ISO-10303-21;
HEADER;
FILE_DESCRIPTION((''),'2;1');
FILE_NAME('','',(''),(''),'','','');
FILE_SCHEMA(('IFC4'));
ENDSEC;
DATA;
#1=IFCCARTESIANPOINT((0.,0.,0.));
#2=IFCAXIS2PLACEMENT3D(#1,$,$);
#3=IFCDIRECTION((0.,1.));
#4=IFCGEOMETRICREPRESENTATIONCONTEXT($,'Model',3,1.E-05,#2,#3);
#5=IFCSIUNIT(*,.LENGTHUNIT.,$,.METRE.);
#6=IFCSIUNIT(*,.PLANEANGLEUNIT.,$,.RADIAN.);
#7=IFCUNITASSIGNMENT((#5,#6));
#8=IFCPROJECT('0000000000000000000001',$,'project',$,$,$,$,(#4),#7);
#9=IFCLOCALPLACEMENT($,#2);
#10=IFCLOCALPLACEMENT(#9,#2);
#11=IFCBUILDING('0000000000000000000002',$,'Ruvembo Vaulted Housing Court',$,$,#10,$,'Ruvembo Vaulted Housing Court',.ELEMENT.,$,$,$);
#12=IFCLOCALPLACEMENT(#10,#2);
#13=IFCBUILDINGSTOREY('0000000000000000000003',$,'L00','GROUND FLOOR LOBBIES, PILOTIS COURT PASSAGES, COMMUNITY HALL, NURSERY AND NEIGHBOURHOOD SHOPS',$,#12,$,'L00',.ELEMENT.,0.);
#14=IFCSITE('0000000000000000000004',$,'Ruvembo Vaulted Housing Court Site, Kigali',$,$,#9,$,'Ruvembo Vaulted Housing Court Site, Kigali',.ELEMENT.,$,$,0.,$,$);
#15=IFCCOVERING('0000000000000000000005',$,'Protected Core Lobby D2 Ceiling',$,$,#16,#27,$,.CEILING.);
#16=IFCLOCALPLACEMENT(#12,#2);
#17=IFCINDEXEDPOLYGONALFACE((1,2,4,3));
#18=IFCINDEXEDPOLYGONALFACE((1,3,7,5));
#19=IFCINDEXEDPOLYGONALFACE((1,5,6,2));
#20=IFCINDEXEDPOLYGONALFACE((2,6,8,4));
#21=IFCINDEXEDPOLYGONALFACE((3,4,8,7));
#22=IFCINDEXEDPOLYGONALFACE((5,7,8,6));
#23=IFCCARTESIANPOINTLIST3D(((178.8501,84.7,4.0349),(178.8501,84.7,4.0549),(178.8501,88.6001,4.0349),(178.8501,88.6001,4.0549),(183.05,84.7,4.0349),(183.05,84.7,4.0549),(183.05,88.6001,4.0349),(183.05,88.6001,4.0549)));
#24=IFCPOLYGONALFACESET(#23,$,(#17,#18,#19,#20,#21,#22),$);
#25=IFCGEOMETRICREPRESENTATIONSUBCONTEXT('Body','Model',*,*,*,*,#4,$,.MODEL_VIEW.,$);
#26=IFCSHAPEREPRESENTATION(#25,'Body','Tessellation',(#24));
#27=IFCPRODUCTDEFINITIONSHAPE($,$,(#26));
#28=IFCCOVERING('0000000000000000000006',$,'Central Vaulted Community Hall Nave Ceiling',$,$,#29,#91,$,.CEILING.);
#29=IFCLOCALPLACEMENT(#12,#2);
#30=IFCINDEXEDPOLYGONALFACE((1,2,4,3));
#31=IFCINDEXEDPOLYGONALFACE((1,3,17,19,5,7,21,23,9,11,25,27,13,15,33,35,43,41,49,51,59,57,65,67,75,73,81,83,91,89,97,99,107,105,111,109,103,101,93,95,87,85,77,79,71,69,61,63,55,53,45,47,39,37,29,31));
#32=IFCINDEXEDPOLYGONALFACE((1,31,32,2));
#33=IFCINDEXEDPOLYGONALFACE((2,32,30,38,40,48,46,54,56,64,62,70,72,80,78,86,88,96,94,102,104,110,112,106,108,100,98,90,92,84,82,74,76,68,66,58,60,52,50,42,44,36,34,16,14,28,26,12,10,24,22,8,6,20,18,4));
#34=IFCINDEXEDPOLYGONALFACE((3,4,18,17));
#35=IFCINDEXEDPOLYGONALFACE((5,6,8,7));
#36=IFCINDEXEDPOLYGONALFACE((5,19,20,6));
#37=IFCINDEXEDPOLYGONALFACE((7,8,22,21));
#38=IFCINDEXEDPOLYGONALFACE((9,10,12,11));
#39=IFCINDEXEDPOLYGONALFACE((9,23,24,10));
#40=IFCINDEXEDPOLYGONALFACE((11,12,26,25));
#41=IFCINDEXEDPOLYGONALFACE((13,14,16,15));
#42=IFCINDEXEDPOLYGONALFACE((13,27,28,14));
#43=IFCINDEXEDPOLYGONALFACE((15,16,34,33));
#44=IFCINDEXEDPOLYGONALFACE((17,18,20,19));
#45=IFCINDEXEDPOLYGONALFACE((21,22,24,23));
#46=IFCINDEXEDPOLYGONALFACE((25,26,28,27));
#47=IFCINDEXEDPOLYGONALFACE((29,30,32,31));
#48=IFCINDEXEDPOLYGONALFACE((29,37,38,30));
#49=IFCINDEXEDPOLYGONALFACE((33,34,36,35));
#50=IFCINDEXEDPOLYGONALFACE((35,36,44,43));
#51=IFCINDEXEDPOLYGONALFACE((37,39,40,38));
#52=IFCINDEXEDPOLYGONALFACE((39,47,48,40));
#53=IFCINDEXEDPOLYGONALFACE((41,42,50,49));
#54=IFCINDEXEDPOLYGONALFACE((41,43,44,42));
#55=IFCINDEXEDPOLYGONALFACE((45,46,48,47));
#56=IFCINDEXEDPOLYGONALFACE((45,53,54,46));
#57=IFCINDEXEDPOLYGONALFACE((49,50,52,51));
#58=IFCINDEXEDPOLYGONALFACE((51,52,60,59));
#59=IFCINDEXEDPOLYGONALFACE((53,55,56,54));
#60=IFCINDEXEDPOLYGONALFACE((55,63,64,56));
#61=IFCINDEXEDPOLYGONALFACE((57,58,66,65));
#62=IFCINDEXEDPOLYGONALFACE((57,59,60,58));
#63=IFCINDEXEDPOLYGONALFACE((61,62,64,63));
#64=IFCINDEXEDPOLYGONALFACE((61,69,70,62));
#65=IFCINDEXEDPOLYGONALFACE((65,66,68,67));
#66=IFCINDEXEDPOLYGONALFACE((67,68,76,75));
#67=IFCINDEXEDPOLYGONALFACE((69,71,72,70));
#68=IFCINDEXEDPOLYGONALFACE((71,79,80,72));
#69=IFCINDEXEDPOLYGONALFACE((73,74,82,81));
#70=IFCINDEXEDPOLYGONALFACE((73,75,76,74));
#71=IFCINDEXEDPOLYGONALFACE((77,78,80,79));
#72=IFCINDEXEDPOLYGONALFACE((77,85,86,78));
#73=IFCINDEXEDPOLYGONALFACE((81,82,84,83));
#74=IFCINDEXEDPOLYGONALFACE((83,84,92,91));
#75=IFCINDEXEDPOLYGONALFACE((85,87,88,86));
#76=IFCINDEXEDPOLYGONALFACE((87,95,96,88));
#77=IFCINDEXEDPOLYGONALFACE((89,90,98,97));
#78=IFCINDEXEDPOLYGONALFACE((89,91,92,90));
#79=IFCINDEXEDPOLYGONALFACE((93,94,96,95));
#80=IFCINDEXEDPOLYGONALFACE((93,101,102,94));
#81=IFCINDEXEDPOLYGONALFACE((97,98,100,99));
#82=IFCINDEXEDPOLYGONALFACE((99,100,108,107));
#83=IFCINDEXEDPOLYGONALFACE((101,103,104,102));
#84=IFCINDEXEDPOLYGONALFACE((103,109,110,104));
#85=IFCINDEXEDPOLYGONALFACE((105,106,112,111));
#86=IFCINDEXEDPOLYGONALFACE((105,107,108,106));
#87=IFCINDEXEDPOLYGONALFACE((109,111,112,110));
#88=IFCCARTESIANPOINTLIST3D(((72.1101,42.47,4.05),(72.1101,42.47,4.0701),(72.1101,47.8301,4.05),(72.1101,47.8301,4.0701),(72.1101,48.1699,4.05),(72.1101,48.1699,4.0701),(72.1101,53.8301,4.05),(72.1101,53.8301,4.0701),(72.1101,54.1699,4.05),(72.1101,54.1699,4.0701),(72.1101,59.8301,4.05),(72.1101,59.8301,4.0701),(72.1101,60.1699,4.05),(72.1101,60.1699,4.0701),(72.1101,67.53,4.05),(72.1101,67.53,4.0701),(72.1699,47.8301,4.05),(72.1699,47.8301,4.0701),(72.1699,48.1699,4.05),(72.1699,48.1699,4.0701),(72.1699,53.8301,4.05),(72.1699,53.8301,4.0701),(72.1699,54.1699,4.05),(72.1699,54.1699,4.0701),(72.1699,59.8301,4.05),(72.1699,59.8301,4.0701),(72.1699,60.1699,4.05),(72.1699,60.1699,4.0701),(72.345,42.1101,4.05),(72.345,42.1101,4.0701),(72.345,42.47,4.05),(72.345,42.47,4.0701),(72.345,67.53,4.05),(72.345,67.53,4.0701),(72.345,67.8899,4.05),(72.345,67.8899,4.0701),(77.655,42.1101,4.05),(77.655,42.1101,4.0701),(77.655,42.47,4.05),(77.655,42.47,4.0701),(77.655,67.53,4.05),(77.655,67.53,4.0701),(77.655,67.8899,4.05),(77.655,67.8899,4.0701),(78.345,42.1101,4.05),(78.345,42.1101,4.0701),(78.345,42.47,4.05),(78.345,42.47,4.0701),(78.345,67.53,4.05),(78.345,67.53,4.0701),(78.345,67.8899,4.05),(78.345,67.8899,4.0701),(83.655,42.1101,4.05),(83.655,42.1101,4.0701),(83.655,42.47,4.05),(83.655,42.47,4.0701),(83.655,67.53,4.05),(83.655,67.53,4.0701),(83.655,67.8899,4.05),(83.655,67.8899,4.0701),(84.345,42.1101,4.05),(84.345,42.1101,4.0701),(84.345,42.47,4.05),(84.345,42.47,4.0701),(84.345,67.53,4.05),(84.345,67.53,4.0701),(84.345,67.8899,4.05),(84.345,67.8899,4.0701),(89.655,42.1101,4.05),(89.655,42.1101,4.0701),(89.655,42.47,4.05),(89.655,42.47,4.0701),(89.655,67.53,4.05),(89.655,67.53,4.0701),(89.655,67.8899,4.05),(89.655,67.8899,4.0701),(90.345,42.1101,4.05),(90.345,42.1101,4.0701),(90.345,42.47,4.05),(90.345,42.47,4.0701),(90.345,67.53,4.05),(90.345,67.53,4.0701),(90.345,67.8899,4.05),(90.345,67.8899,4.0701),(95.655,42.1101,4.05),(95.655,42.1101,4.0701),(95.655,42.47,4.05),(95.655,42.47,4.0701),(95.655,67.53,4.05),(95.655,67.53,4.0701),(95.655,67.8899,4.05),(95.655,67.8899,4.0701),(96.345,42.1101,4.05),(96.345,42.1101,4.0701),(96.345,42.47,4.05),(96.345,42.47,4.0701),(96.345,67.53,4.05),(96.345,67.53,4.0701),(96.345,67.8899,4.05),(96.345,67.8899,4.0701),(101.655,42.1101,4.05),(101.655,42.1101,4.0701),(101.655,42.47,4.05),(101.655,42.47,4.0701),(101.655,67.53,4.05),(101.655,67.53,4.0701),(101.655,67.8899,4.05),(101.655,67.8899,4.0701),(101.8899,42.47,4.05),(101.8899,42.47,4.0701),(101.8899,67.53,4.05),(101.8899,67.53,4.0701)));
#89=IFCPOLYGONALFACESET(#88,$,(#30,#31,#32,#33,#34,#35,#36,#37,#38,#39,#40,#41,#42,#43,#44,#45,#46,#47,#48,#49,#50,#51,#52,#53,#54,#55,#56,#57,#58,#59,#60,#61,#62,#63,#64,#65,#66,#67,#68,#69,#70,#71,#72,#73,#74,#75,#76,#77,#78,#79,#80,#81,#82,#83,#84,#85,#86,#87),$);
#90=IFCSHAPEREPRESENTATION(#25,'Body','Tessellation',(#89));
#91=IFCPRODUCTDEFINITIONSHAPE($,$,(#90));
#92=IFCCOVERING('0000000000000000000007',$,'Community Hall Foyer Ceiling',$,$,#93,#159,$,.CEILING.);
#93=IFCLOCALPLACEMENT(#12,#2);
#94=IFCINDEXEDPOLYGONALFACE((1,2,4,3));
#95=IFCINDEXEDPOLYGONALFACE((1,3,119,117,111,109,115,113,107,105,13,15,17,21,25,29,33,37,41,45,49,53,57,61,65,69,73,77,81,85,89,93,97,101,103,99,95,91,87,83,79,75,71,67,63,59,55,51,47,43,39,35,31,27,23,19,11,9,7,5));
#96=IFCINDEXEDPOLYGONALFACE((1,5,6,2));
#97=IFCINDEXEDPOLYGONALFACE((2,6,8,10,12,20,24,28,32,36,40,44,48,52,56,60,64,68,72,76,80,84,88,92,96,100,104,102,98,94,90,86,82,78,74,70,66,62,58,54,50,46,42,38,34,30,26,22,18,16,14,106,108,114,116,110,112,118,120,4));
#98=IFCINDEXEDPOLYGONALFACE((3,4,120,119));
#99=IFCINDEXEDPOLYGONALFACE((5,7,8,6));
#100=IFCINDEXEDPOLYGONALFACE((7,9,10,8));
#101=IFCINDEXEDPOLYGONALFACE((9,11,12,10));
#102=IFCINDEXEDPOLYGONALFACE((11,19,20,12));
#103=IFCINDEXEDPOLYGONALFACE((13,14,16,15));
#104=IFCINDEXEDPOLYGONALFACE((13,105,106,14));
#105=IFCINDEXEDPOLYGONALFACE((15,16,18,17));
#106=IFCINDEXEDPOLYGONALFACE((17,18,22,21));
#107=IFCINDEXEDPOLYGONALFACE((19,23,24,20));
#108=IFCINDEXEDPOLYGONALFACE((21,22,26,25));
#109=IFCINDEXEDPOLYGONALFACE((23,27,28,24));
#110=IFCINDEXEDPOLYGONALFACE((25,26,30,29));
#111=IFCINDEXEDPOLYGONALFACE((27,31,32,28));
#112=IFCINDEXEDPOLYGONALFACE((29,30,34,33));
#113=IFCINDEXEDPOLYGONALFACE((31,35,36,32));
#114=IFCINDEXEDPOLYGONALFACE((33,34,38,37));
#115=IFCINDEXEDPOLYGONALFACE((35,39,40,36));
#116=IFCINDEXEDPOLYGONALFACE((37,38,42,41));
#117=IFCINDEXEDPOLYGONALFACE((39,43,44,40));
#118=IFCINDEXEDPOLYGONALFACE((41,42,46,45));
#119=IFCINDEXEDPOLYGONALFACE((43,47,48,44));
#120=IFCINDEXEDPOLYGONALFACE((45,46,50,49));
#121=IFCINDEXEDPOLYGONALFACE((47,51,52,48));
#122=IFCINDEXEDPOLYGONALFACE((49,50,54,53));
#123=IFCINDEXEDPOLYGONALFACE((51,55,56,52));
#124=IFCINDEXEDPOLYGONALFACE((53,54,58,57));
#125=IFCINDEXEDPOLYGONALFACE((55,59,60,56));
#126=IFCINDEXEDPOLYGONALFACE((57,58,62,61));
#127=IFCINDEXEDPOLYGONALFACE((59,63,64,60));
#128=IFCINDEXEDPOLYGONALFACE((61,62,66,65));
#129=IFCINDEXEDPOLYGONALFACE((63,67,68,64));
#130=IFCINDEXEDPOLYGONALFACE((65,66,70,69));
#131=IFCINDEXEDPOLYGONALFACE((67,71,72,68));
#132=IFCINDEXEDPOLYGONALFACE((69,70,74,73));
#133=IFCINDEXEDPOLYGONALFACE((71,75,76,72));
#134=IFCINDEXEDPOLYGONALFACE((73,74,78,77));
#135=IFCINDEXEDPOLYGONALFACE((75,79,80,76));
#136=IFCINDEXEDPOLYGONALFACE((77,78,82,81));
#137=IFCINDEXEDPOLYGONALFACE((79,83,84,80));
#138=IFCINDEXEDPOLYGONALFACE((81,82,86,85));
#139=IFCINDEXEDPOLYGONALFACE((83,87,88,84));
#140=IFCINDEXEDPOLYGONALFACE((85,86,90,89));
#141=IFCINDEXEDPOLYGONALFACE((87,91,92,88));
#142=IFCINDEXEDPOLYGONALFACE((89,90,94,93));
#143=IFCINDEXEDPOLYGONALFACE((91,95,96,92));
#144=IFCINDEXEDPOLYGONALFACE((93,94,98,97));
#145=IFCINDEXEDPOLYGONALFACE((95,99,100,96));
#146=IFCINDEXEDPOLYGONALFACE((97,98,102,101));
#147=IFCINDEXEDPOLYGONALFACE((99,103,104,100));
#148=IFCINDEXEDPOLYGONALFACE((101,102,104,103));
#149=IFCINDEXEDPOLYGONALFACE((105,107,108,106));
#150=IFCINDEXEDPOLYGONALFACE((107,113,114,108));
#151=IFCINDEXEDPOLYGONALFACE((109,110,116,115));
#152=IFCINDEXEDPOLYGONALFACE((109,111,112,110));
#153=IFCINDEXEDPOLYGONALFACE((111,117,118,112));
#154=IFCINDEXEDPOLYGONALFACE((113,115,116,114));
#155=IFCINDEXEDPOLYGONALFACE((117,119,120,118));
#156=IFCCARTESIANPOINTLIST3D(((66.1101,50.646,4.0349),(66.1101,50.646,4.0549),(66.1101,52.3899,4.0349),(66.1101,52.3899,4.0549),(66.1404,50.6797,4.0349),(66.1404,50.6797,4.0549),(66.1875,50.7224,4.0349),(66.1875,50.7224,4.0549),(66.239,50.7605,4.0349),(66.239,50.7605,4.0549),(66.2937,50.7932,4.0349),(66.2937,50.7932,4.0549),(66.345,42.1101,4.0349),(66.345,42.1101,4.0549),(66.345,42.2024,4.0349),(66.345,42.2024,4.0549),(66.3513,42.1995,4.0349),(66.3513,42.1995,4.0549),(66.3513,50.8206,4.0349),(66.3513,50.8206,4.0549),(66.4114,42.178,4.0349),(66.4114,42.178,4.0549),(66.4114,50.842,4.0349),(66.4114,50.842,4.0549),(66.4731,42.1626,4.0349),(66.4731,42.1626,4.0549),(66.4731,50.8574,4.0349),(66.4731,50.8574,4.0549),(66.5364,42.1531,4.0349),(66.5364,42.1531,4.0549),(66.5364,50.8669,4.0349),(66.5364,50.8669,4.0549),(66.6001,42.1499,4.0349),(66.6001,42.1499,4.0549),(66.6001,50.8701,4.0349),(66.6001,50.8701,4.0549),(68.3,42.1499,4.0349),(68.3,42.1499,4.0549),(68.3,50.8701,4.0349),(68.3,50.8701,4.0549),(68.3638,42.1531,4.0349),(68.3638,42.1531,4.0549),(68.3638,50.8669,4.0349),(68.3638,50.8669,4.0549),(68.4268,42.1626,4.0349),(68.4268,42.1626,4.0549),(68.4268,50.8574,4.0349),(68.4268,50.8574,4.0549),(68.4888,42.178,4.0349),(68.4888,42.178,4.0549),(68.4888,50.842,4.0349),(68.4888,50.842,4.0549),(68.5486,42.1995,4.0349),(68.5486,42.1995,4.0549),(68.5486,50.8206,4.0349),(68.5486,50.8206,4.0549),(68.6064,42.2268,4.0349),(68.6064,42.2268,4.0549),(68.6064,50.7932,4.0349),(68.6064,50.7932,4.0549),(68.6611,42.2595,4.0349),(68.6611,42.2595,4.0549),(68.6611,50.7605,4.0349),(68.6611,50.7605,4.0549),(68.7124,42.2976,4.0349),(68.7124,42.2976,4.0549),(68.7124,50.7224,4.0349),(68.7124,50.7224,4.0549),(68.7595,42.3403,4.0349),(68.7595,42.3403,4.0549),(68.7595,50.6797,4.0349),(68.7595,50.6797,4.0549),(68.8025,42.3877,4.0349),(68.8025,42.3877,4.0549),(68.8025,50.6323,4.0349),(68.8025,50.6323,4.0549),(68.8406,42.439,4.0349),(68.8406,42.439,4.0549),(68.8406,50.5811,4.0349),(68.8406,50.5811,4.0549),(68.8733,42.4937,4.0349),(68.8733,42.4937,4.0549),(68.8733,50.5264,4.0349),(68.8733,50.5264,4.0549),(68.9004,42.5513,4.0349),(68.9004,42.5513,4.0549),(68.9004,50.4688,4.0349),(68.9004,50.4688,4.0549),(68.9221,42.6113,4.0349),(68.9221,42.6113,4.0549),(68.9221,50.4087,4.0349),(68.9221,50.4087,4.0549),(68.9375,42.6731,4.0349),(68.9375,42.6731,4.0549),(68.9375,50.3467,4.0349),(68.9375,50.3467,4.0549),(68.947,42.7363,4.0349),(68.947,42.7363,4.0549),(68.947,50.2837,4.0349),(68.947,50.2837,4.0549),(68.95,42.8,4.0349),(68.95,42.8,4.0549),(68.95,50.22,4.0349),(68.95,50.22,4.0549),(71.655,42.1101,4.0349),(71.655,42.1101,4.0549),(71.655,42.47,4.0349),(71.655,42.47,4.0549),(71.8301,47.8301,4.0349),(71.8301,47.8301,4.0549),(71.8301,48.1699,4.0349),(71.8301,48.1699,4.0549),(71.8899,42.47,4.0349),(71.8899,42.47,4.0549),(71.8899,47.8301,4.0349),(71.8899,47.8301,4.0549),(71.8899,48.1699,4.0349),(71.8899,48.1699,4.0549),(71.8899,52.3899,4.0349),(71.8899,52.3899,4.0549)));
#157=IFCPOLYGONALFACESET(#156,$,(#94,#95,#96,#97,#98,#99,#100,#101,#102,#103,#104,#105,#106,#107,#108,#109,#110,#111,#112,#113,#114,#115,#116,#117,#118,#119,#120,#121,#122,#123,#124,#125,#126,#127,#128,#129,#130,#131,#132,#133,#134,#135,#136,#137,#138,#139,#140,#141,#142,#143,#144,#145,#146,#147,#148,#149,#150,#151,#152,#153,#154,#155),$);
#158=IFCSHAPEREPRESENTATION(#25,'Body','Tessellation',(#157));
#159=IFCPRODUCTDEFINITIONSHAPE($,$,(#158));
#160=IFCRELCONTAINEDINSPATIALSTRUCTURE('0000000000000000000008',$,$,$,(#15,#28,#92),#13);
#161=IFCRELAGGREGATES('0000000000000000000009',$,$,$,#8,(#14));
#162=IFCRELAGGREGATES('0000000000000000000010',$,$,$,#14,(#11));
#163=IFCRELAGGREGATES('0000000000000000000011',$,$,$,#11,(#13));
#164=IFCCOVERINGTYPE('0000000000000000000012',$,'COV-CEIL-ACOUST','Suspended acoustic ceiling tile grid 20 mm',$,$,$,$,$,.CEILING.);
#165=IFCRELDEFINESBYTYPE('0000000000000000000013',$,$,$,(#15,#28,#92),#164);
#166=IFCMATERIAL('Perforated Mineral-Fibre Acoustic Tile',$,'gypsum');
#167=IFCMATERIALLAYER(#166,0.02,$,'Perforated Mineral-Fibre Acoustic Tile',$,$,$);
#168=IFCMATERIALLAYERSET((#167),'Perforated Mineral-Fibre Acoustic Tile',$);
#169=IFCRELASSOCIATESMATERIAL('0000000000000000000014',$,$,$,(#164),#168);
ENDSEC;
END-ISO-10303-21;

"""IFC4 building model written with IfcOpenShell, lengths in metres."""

from ifc_helpers import new_model, si_unit, direction, frame, origin, place, context, subcontext, project, spatial, polyline, outline, extrude, material, layer, layer_set, type_object, element, save


model = new_model("IFC4")

# Units and contexts
model_context = context("Model", 3, precision=1e-05, world=origin(), true_north=direction((0.0, 1.0)))
body_context = subcontext(model_context, "Body", "Model", "MODEL_VIEW")
ifc_project = project(units=[si_unit("LENGTHUNIT", "METRE"), si_unit("PLANEANGLEUNIT", "RADIAN")], contexts=[model_context])

# Site, building, storey
site_placement = place(None, origin())
site = spatial("IfcSite", under=ifc_project, at=site_placement, Name="Ruvembo Vaulted Housing Court Site, Kigali", LongName="Ruvembo Vaulted Housing Court Site, Kigali", CompositionType="ELEMENT", RefElevation=0.0)
building_placement = place(site_placement, origin())
building = spatial("IfcBuilding", under=site, at=building_placement, Name="Ruvembo Vaulted Housing Court", LongName="Ruvembo Vaulted Housing Court", CompositionType="ELEMENT")
storey_placement = place(building_placement, origin())
storey = spatial("IfcBuildingStorey", under=building, at=storey_placement, Name="L00", Description="GROUND FLOOR LOBBIES, PILOTIS COURT PASSAGES, COMMUNITY HALL, NURSERY AND NEIGHBOURHOOD SHOPS", LongName="L00", CompositionType="ELEMENT", Elevation=0.0)

# Coverings
ifc_material_1 = material(Name="Perforated Mineral-Fibre Acoustic Tile", Category="gypsum")
ifc_layer_1 = layer(ifc_material_1, 0.02, Name="Perforated Mineral-Fibre Acoustic Tile")
ifc_layer_set_1 = layer_set([ifc_layer_1], Name="Perforated Mineral-Fibre Acoustic Tile")
covering_type_1 = type_object("IfcCoveringType", Name="COV-CEIL-ACOUST", Description="Suspended acoustic ceiling tile grid 20 mm", PredefinedType="CEILING", material=ifc_layer_set_1)
covering_1_placement = place(storey_placement, frame((0.0, 0.0, 4.0349)))
element("IfcCovering", 1, at=covering_1_placement, inside=storey, type_object=covering_type_1, Name="Protected Core Lobby D2 Ceiling", PredefinedType="CEILING", context=body_context, shape_type="SweptSolid", body=[
    extrude(outline(polyline([(178.8501, 88.6001), (178.8501, 84.7), (183.05, 84.7), (183.05, 88.6001), (178.8501, 88.6001)])), origin(), (0.0, 0.0, 1.0), 0.02),
])
covering_2_placement = place(storey_placement, frame((0.0, 0.0, 4.05)))
element("IfcCovering", 2, at=covering_2_placement, inside=storey, type_object=covering_type_1, Name="Central Vaulted Community Hall Nave Ceiling", PredefinedType="CEILING", context=body_context, shape_type="SweptSolid", body=[
    extrude(outline(polyline([(95.655, 42.47), (96.345, 42.47), (96.345, 42.1101), (101.655, 42.1101), (101.655, 42.47), (101.8899, 42.47), (101.8899, 67.53), (101.655, 67.53), (101.655, 67.8899), (96.345, 67.8899), (96.345, 67.53), (95.655, 67.53), (95.655, 67.8899), (90.345, 67.8899), (90.345, 67.53), (89.655, 67.53), (89.655, 67.8899), (84.345, 67.8899), (84.345, 67.53), (83.655, 67.53), (83.655, 67.8899), (78.345, 67.8899), (78.345, 67.53), (77.655, 67.53), (77.655, 67.8899), (72.345, 67.8899), (72.345, 67.53), (72.1101, 67.53), (72.1101, 60.1699), (72.1699, 60.1699), (72.1699, 59.8301), (72.1101, 59.8301), (72.1101, 54.1699), (72.1699, 54.1699), (72.1699, 53.8301), (72.1101, 53.8301), (72.1101, 48.1699), (72.1699, 48.1699), (72.1699, 47.8301), (72.1101, 47.8301), (72.1101, 42.47), (72.345, 42.47), (72.345, 42.1101), (77.655, 42.1101), (77.655, 42.47), (78.345, 42.47), (78.345, 42.1101), (83.655, 42.1101), (83.655, 42.47), (84.345, 42.47), (84.345, 42.1101), (89.655, 42.1101), (89.655, 42.47), (90.345, 42.47), (90.345, 42.1101), (95.655, 42.1101), (95.655, 42.47)])), origin(), (0.0, 0.0, 1.0), 0.02),
])
covering_3_placement = place(storey_placement, frame((0.0, 0.0, 4.0349)))
element("IfcCovering", 3, at=covering_3_placement, inside=storey, type_object=covering_type_1, Name="Community Hall Foyer Ceiling", PredefinedType="CEILING", context=body_context, shape_type="SweptSolid", body=[
    extrude(outline(polyline([(71.8899, 52.3899), (66.1101, 52.3899), (66.1101, 50.646), (66.1404, 50.6797), (66.1875, 50.7224), (66.239, 50.7605), (66.2937, 50.7932), (66.3513, 50.8206), (66.4114, 50.842), (66.4731, 50.8574), (66.5364, 50.8669), (66.6001, 50.8701), (68.3, 50.8701), (68.3638, 50.8669), (68.4268, 50.8574), (68.4888, 50.842), (68.5486, 50.8206), (68.6064, 50.7932), (68.6611, 50.7605), (68.7124, 50.7224), (68.7595, 50.6797), (68.8025, 50.6323), (68.8406, 50.5811), (68.8733, 50.5264), (68.9004, 50.4688), (68.9221, 50.4087), (68.9375, 50.3467), (68.947, 50.2837), (68.95, 50.22), (68.95, 42.8), (68.947, 42.7363), (68.9375, 42.6731), (68.9221, 42.6113), (68.9004, 42.5513), (68.8733, 42.4937), (68.8406, 42.439), (68.8025, 42.3877), (68.7595, 42.3403), (68.7124, 42.2976), (68.6611, 42.2595), (68.6064, 42.2268), (68.5486, 42.1995), (68.4888, 42.178), (68.4268, 42.1626), (68.3638, 42.1531), (68.3, 42.1499), (66.6001, 42.1499), (66.5364, 42.1531), (66.4731, 42.1626), (66.4114, 42.178), (66.3513, 42.1995), (66.345, 42.2024), (66.345, 42.1101), (71.655, 42.1101), (71.655, 42.47), (71.8899, 42.47), (71.8899, 47.8301), (71.8301, 47.8301), (71.8301, 48.1699), (71.8899, 48.1699), (71.8899, 52.3899)])), origin(), (0.0, 0.0, 1.0), 0.02),
])

save(model, "model.ifc")
